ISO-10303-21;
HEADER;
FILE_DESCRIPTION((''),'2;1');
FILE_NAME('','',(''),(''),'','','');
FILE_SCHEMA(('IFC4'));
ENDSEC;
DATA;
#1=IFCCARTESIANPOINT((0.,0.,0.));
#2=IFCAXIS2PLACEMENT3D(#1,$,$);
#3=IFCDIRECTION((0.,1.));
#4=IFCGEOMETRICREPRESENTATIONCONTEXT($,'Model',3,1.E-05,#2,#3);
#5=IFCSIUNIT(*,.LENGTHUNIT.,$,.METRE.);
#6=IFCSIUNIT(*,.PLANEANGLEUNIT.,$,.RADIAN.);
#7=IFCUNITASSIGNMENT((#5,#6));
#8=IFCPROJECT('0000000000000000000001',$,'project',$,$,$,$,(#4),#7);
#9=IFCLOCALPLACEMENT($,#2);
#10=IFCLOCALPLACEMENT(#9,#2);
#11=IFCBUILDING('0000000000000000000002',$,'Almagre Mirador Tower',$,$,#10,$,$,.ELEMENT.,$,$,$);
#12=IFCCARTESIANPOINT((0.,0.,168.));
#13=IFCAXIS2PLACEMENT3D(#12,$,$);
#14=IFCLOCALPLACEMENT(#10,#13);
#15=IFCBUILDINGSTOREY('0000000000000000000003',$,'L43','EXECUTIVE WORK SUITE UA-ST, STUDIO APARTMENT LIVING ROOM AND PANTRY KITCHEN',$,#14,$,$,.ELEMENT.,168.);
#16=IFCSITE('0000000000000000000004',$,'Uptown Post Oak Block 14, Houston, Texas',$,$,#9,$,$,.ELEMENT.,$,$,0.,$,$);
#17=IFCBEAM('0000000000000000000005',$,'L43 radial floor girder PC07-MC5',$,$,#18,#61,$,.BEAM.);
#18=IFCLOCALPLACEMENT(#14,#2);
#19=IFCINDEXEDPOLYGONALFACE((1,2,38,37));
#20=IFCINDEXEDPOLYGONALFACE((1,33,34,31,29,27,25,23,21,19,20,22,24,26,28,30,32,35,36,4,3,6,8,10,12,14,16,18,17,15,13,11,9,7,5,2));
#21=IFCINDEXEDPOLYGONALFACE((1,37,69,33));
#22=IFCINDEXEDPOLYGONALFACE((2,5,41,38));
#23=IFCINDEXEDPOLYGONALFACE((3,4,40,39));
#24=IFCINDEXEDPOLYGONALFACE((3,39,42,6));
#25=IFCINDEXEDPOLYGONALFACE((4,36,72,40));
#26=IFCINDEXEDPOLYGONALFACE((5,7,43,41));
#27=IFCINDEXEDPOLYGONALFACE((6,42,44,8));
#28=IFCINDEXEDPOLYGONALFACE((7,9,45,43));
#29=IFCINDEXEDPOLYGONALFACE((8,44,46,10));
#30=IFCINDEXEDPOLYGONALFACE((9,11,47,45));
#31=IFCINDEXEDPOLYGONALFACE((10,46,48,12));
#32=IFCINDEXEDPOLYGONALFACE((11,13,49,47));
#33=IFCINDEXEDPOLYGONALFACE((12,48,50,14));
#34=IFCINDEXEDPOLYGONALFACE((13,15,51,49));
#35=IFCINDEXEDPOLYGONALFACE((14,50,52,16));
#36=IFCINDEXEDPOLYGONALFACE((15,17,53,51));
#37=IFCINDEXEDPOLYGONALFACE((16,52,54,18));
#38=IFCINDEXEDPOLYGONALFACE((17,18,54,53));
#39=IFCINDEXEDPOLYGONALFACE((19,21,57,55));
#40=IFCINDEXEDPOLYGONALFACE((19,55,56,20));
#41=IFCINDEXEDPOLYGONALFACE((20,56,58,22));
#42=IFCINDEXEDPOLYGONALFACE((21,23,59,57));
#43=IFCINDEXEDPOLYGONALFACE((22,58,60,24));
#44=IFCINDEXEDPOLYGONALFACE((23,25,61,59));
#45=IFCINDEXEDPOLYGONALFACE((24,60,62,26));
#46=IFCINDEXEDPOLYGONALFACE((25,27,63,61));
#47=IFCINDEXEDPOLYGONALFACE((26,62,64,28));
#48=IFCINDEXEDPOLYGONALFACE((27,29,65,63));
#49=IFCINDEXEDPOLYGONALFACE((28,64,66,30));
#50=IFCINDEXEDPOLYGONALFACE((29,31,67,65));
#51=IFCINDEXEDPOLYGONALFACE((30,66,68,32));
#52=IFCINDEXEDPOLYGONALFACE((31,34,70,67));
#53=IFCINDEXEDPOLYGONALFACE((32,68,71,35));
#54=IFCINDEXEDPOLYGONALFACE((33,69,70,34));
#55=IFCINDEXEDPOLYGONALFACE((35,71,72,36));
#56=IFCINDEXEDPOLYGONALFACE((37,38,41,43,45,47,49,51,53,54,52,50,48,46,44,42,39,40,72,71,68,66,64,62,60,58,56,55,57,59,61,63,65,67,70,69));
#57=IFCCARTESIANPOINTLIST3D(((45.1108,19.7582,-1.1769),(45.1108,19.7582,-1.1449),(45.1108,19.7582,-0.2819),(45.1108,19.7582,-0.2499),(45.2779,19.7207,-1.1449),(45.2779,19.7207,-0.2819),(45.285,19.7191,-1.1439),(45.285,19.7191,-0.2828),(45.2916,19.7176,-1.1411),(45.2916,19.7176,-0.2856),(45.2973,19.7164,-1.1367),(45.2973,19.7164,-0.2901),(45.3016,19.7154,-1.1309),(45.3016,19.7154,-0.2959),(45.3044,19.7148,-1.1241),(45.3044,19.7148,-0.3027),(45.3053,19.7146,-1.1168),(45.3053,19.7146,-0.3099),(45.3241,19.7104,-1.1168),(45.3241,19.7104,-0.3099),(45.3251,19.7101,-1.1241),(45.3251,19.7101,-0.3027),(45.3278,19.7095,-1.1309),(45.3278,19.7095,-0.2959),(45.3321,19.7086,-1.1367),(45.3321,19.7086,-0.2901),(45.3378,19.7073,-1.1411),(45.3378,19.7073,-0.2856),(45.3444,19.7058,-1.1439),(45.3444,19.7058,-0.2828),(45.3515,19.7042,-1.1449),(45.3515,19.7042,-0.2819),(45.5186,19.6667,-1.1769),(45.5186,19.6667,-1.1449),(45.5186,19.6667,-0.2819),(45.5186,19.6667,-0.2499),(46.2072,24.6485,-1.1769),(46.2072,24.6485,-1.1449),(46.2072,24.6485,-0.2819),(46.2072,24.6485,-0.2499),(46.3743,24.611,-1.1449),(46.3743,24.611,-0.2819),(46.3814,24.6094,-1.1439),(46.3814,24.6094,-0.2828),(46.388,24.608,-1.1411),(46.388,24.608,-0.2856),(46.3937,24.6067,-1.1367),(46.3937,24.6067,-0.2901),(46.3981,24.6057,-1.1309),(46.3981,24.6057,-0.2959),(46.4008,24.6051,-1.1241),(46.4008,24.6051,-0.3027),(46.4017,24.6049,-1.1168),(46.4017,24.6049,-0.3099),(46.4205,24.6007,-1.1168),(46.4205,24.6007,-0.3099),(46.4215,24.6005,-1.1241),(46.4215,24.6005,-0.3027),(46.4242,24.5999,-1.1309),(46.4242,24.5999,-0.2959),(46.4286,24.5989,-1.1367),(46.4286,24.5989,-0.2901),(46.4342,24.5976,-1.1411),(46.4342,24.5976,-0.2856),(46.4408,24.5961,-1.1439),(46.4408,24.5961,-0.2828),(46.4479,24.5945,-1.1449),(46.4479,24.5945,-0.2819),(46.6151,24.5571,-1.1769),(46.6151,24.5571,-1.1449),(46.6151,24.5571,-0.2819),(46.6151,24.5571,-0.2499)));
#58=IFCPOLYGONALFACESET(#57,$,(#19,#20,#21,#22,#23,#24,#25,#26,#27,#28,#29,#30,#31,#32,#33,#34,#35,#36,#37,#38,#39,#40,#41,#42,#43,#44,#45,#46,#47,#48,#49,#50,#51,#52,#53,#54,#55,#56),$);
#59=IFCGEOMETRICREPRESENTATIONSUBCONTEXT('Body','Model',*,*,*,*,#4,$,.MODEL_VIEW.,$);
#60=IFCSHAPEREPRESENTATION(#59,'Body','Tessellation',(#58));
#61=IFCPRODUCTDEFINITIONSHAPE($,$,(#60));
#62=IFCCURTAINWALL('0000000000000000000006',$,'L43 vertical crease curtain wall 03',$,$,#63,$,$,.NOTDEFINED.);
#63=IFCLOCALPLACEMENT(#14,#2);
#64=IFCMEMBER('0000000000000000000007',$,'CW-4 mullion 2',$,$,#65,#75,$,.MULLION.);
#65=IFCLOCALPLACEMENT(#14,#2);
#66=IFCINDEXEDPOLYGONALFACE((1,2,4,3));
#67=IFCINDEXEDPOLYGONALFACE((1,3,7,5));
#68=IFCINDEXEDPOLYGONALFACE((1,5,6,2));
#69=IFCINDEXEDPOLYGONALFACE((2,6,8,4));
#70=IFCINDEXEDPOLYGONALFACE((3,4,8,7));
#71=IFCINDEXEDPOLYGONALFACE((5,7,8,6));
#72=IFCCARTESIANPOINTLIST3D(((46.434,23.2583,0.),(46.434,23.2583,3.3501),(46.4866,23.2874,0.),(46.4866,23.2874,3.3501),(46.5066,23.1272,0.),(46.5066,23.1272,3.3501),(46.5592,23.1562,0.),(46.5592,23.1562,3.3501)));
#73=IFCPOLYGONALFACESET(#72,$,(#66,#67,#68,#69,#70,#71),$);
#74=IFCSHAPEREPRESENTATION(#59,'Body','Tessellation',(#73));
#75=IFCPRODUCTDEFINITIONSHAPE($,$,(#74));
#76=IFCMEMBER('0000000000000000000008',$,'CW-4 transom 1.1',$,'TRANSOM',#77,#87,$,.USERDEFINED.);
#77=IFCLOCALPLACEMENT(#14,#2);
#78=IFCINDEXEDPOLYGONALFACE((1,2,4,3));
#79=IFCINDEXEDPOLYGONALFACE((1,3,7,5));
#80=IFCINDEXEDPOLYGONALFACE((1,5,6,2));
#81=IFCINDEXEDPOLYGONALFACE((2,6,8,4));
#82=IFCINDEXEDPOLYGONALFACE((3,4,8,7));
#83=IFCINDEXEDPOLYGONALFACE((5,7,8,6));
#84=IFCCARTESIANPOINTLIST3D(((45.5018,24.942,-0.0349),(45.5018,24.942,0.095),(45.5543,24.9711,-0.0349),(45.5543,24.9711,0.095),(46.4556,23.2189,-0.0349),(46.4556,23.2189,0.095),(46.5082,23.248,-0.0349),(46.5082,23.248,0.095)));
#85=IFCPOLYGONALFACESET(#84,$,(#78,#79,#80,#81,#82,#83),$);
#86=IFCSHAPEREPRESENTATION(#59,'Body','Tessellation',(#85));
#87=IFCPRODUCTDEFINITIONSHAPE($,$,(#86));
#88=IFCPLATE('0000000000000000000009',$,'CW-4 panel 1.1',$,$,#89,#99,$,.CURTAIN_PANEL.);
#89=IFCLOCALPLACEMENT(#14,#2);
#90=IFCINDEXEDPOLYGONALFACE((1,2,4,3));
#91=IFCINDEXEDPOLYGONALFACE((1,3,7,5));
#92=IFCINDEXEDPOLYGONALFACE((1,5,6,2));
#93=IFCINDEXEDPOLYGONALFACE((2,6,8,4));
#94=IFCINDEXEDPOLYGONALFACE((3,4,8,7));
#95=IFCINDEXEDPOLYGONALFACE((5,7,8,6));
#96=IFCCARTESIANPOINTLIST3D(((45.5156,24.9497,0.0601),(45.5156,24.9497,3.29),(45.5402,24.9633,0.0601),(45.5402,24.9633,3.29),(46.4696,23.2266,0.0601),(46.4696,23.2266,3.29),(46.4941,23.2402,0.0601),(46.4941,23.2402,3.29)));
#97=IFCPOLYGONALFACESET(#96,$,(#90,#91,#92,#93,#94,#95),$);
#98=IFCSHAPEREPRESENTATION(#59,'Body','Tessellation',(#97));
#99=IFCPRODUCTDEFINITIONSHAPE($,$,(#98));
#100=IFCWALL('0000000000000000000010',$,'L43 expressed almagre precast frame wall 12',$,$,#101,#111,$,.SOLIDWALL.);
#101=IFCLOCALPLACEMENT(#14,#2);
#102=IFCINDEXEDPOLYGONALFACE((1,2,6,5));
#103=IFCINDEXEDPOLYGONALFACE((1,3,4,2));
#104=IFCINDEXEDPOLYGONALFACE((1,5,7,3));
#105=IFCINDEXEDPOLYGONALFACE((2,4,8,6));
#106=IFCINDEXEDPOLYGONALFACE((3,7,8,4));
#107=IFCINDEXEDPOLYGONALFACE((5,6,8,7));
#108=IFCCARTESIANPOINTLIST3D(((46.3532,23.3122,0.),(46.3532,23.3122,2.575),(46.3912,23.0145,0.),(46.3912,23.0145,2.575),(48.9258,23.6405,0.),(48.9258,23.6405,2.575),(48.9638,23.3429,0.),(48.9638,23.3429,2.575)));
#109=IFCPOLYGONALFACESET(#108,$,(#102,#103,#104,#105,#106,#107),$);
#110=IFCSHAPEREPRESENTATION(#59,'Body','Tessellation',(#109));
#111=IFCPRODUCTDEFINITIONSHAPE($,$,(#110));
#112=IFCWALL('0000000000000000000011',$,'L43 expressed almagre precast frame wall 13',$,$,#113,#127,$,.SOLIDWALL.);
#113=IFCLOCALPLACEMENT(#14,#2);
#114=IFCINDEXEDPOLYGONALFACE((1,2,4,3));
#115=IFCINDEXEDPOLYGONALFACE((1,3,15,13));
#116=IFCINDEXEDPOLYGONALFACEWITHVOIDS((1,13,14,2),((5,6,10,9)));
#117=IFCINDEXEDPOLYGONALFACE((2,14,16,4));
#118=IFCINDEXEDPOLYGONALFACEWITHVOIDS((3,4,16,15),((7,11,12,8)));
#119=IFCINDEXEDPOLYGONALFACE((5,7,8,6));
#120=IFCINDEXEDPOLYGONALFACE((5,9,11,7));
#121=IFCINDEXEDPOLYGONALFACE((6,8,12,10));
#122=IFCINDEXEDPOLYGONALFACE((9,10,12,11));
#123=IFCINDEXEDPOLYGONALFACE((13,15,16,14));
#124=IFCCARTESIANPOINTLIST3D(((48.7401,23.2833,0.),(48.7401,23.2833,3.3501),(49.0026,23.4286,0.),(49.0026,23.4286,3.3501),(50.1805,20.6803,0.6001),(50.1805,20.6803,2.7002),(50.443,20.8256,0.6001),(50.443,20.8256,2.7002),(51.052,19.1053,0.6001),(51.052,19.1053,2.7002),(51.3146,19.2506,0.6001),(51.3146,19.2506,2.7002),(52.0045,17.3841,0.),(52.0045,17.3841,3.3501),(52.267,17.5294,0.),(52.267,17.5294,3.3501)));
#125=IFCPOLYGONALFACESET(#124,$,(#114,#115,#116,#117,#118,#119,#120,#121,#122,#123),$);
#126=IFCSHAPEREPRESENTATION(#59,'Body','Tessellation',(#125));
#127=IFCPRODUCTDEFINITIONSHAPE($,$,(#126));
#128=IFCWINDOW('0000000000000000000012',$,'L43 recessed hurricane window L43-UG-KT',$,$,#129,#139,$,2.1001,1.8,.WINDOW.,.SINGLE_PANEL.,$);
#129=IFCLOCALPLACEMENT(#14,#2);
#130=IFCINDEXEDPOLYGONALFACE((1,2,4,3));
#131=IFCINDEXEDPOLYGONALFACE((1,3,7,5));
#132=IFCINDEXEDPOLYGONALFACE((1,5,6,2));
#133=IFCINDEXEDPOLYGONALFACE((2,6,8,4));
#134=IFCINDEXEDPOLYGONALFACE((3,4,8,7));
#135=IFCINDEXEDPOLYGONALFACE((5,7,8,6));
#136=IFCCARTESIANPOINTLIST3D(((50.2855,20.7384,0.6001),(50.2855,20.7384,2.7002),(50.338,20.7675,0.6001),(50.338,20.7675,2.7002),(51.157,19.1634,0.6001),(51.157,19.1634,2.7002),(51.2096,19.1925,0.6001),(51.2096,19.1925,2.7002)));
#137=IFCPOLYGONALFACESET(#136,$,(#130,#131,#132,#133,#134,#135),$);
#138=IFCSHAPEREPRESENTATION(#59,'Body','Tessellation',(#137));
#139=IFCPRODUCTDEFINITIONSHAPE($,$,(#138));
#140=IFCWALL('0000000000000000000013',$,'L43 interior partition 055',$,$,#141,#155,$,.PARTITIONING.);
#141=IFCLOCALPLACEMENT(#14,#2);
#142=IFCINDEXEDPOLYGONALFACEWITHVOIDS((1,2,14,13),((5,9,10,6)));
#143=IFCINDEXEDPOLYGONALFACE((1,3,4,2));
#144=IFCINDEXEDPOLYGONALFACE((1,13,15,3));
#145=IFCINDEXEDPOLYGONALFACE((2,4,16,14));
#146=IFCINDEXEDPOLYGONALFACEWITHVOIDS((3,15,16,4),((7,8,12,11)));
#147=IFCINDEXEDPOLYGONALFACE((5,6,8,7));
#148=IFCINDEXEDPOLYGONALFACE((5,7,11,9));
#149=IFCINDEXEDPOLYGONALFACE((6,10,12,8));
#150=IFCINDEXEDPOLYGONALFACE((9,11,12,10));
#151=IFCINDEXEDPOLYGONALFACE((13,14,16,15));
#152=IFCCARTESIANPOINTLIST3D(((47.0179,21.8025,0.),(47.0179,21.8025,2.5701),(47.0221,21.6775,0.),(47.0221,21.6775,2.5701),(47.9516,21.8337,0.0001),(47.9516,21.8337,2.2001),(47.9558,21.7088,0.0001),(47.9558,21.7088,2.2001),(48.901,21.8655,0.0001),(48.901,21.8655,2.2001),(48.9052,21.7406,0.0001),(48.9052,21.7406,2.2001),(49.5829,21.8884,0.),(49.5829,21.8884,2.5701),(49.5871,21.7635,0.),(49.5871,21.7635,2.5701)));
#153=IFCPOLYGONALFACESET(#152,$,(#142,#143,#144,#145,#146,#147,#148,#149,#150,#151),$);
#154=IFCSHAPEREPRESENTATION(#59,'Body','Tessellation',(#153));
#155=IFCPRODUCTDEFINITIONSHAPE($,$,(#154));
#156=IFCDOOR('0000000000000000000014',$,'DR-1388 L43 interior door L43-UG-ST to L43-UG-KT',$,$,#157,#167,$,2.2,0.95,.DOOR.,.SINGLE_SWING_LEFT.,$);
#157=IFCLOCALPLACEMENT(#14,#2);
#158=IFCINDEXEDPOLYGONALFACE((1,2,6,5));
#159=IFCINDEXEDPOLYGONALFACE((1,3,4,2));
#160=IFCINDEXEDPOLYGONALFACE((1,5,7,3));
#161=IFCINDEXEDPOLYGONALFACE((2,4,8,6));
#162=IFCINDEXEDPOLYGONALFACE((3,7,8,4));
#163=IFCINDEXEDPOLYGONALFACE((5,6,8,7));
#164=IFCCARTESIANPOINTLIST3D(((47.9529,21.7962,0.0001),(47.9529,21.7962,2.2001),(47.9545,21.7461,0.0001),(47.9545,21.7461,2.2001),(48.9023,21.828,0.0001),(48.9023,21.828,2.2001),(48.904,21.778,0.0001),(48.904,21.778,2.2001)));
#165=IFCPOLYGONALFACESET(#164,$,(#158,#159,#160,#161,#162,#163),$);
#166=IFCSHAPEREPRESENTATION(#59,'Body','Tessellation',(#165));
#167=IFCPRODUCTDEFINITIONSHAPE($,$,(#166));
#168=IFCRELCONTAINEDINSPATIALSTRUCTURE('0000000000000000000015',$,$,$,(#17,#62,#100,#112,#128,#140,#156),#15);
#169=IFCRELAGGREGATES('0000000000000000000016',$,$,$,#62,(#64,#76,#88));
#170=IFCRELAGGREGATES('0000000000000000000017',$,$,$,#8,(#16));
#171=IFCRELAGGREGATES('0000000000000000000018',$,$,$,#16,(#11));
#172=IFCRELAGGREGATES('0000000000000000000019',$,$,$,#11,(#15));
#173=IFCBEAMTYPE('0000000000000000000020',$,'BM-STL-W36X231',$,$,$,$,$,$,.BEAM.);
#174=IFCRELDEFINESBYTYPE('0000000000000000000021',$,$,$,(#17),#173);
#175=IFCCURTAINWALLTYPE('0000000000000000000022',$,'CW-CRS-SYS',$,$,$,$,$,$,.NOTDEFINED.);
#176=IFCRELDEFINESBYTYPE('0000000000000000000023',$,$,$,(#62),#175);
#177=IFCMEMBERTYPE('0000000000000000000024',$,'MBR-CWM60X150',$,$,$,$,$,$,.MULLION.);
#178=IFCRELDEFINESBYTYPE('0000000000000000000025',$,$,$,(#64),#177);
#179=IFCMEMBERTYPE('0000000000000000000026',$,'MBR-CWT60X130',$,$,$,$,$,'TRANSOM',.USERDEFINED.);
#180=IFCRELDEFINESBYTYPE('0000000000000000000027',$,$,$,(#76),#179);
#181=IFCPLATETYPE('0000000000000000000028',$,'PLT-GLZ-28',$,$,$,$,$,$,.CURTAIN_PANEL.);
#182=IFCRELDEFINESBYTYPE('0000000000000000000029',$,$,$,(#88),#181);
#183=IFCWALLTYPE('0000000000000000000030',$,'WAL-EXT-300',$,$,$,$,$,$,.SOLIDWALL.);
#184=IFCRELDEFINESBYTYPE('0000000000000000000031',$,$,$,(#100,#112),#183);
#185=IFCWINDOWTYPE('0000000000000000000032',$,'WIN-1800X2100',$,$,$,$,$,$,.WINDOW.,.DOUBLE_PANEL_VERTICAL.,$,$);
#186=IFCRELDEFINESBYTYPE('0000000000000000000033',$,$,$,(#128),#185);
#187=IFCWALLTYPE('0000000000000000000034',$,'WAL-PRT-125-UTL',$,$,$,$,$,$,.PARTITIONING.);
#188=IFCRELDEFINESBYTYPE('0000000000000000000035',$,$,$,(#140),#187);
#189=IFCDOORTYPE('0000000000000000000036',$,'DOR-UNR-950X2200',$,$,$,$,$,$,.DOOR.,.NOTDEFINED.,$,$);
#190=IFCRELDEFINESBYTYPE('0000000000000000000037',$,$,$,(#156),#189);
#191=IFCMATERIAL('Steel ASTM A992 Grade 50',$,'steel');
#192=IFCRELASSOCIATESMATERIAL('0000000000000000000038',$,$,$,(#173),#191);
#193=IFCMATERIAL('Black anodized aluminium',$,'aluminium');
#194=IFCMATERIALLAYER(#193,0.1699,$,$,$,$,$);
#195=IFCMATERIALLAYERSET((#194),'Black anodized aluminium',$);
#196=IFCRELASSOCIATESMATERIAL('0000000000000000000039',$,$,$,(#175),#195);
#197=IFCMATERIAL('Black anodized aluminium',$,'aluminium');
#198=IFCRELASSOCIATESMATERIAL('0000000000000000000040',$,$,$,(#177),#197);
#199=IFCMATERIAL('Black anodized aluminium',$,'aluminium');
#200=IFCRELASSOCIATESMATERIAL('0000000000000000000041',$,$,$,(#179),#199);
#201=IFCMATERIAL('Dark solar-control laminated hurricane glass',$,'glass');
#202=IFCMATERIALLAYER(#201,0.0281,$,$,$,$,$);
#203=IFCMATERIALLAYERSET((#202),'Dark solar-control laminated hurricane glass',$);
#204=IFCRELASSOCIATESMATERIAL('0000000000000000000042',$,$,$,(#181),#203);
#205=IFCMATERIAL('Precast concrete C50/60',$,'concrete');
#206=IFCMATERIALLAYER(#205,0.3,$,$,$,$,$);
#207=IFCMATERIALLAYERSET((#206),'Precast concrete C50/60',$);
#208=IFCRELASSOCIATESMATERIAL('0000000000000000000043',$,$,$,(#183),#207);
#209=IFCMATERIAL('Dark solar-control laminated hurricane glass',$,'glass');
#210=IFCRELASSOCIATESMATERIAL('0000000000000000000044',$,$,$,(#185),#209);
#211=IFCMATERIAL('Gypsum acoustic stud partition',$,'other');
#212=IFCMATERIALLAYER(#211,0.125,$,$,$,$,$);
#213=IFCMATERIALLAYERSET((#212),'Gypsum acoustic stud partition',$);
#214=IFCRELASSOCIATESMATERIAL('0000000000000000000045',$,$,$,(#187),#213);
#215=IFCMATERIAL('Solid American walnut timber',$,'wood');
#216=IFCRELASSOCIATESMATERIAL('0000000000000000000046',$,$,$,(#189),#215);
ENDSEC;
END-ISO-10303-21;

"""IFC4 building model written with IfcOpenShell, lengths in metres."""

from ifc_helpers import new_model, si_unit, direction, frame, frame_2d, origin, origin_2d, place, context, subcontext, project, spatial, rectangle, i_section, extrude, material, layer, layer_set, material_profile, profile_set, type_object, element, fill, aggregate, save


model = new_model("IFC4")

# Units and contexts
model_context = context("Model", 3, precision=1e-05, world=origin(), true_north=direction((0.0, 1.0)))
body_context = subcontext(model_context, "Body", "Model", "MODEL_VIEW")
ifc_project = project(units=[si_unit("LENGTHUNIT", "METRE"), si_unit("PLANEANGLEUNIT", "RADIAN")], contexts=[model_context])

# Site, building, storey
site_placement = place(None, origin())
site = spatial("IfcSite", under=ifc_project, at=site_placement, Name="Uptown Post Oak Block 14, Houston, Texas", CompositionType="ELEMENT", RefElevation=0.0)
building_placement = place(site_placement, origin())
building = spatial("IfcBuilding", under=site, at=building_placement, Name="Almagre Mirador Tower", CompositionType="ELEMENT")
storey_placement = place(building_placement, frame((0.0, 0.0, 168.0)))
storey = spatial("IfcBuildingStorey", under=building, at=storey_placement, Name="L43", Description="EXECUTIVE WORK SUITE UA-ST, STUDIO APARTMENT LIVING ROOM AND PANTRY KITCHEN", CompositionType="ELEMENT", Elevation=168.0)

# Beam
ifc_material_1 = material(Name="Steel ASTM A992 Grade 50", Category="steel")
ifc_material_profile_1 = material_profile(ifc_material_1, i_section(OverallWidth=0.418, OverallDepth=0.927, WebThickness=0.0193, FlangeThickness=0.032, FilletRadius=0.0281, at=origin_2d()), Name="W36X231")
ifc_profile_set_1 = profile_set([ifc_material_profile_1], Name="Steel ASTM A992 Grade 50")
beam_type_1 = type_object("IfcBeamType", Name="BM-STL-W36X231", PredefinedType="BEAM", material=ifc_profile_set_1)
beam_1_placement = place(storey_placement, frame((46.4111, 24.6028, -0.7134), z_axis=(-0.218771, -0.975776, 0.0), x_axis=(0.975776, -0.218771, 0.0)))
element("IfcBeam", 1, at=beam_1_placement, inside=storey, type_object=beam_type_1, Name="L43 radial floor girder PC07-MC5", PredefinedType="BEAM", context=body_context, shape_type="SweptSolid", body=[
    extrude(i_section(OverallWidth=0.418, OverallDepth=0.927, WebThickness=0.0193, FlangeThickness=0.032, FilletRadius=0.0281, at=origin_2d()), origin(), (0.0, 0.0, 1.0), 5.0117),
])

# Curtain wall, members, plate
ifc_material_2 = material(Name="Black anodized aluminium", Category="aluminium")
ifc_layer_1 = layer(ifc_material_2, 0.1699)
ifc_layer_set_1 = layer_set([ifc_layer_1], Name="Black anodized aluminium")
curtain_wall_type = type_object("IfcCurtainWallType", Name="CW-CRS-SYS", PredefinedType="NOTDEFINED", material=ifc_layer_set_1)
curtain_wall_placement = place(storey_placement, origin())
curtain_wall = element("IfcCurtainWall", 2, at=curtain_wall_placement, inside=storey, type_object=curtain_wall_type, Name="L43 vertical crease curtain wall 03", PredefinedType="NOTDEFINED")
ifc_material_3 = material(Name="Black anodized aluminium", Category="aluminium")
ifc_material_profile_2 = material_profile(ifc_material_3, rectangle(XDim=0.0601, YDim=0.1499, at=origin_2d()), Name="CWM60X150")
ifc_profile_set_2 = profile_set([ifc_material_profile_2], Name="Black anodized aluminium")
member_type_1 = type_object("IfcMemberType", Name="MBR-CWM60X150", PredefinedType="MULLION", material=ifc_profile_set_2)
member_1_placement = place(storey_placement, frame((46.4966, 23.2073, 0.0), z_axis=(0.0, 0.0, 1.0), x_axis=(0.874879, 0.484342, 0.0)))
member_1 = element("IfcMember", 3, at=member_1_placement, type_object=member_type_1, Name="CW-4 mullion 2", PredefinedType="MULLION", context=body_context, shape_type="SweptSolid", body=[
    extrude(rectangle(XDim=0.0601, YDim=0.1499, at=origin_2d()), origin(), (0.0, 0.0, 1.0), 3.3501),
])
ifc_material_4 = material(Name="Black anodized aluminium", Category="aluminium")
ifc_material_profile_3 = material_profile(ifc_material_4, rectangle(XDim=0.0601, YDim=0.1299, at=origin_2d()), Name="CWT60X130")
ifc_profile_set_3 = profile_set([ifc_material_profile_3], Name="Black anodized aluminium")
member_type_2 = type_object("IfcMemberType", Name="MBR-CWT60X130", ElementType="TRANSOM", PredefinedType="USERDEFINED", material=ifc_profile_set_3)
member_2_placement = place(storey_placement, frame((45.5281, 24.9565, 0.03), z_axis=(0.484306, -0.874899, 0.0), x_axis=(0.874899, 0.484306, 0.0)))
member_2 = element("IfcMember", 4, at=member_2_placement, type_object=member_type_2, Name="CW-4 transom 1.1", ObjectType="TRANSOM", PredefinedType="USERDEFINED", context=body_context, shape_type="SweptSolid", body=[
    extrude(rectangle(XDim=0.0601, YDim=0.1299, at=origin_2d()), origin(), (0.0, 0.0, 1.0), 1.9695),
])
ifc_material_5 = material(Name="Dark solar-control laminated hurricane glass", Category="glass")
ifc_layer_2 = layer(ifc_material_5, 0.0281)
ifc_layer_set_2 = layer_set([ifc_layer_2], Name="Dark solar-control laminated hurricane glass")
plate_type = type_object("IfcPlateType", Name="PLT-GLZ-28", PredefinedType="CURTAIN_PANEL", material=ifc_layer_set_2)
plate_placement = place(storey_placement, frame((46.0049, 24.095, 0.0601), z_axis=(0.0, 0.0, 1.0), x_axis=(0.484342, -0.874879, 0.0)))
plate = element("IfcPlate", 5, at=plate_placement, type_object=plate_type, Name="CW-4 panel 1.1", PredefinedType="CURTAIN_PANEL", context=body_context, shape_type="SweptSolid", body=[
    extrude(rectangle(XDim=1.9695, YDim=0.0281, at=origin_2d()), origin(), (0.0, 0.0, 1.0), 3.23),
])
aggregate(curtain_wall, [member_1, member_2, plate])

# Wall
ifc_material_6 = material(Name="Precast concrete C50/60", Category="concrete")
ifc_layer_3 = layer(ifc_material_6, 0.3)
ifc_layer_set_3 = layer_set([ifc_layer_3], Name="Precast concrete C50/60")
wall_type_1 = type_object("IfcWallType", Name="WAL-EXT-300", PredefinedType="SOLIDWALL", material=ifc_layer_set_3)
wall_1_placement = place(storey_placement, frame((46.3721, 23.1633, 0.0), z_axis=(0.0, 0.0, 1.0), x_axis=(0.991953, 0.126606, 0.0)))
element("IfcWall", 6, at=wall_1_placement, inside=storey, type_object=wall_type_1, Name="L43 expressed almagre precast frame wall 12", PredefinedType="SOLIDWALL", context=body_context, shape_type="SweptSolid", body=[
    extrude(rectangle(XDim=2.5935, YDim=0.3, at=frame_2d((1.2969, 0.0))), origin(), (0.0, 0.0, 1.0), 2.575),
])

# Wall, opening, window
wall_2_placement = place(storey_placement, frame((48.8713, 23.356, 0.0), z_axis=(0.0, 0.0, 1.0), x_axis=(0.484179, -0.874969, 0.0)))
wall_2 = element("IfcWall", 7, at=wall_2_placement, inside=storey, type_object=wall_type_1, Name="L43 expressed almagre precast frame wall 13", PredefinedType="SOLIDWALL", context=body_context, shape_type="SweptSolid", body=[
    extrude(rectangle(XDim=6.7422, YDim=0.3, at=frame_2d((3.3711, 0.0))), origin(), (0.0, 0.0, 1.0), 3.3501),
])
opening_1_placement = place(wall_2_placement, frame((2.9751, 0.0, 0.6001)))
opening_1 = element("IfcOpeningElement", 8, at=opening_1_placement, cuts=wall_2, PredefinedType="OPENING", context=body_context, shape_type="SweptSolid", body=[
    extrude(rectangle(XDim=1.8, YDim=2.1001, at=frame_2d((0.8999, 1.05))), frame((0.0, 0.1599, 0.0), z_axis=(0.0, -1.0, 0.0), x_axis=(1.0, 0.0, 0.0)), (0.0, 0.0, 1.0), 0.32),
])
ifc_material_7 = material(Name="Dark solar-control laminated hurricane glass", Category="glass")
window_type = type_object("IfcWindowType", Name="WIN-1800X2100", PartitioningType="DOUBLE_PANEL_VERTICAL", PredefinedType="WINDOW", material=ifc_material_7)
window_placement = place(opening_1_placement, origin())
window = element("IfcWindow", 9, at=window_placement, inside=storey, type_object=window_type, Name="L43 recessed hurricane window L43-UG-KT", OverallHeight=2.1001, OverallWidth=1.8, PartitioningType="SINGLE_PANEL", PredefinedType="WINDOW", context=body_context, shape_type="SweptSolid", body=[
    extrude(rectangle(XDim=1.8, YDim=2.1001, at=frame_2d((0.8999, 1.05))), frame((0.0, 0.03, 0.0), z_axis=(0.0, -1.0, 0.0), x_axis=(1.0, 0.0, 0.0)), (0.0, 0.0, 1.0), 0.0601),
])
fill(opening_1, window)

# Wall, opening, door
ifc_material_8 = material(Name="Gypsum acoustic stud partition", Category="other")
ifc_layer_4 = layer(ifc_material_8, 0.125)
ifc_layer_set_4 = layer_set([ifc_layer_4], Name="Gypsum acoustic stud partition")
wall_type_2 = type_object("IfcWallType", Name="WAL-PRT-125-UTL", PredefinedType="PARTITIONING", material=ifc_layer_set_4)
wall_3_placement = place(storey_placement, frame((47.02, 21.74, 0.0), z_axis=(0.0, 0.0, 1.0), x_axis=(0.999439, 0.033486, 0.0)))
wall_3 = element("IfcWall", 10, at=wall_3_placement, inside=storey, type_object=wall_type_2, Name="L43 interior partition 055", PredefinedType="PARTITIONING", context=body_context, shape_type="SweptSolid", body=[
    extrude(rectangle(XDim=2.5664, YDim=0.125, at=frame_2d((1.2832, 0.0))), origin(), (0.0, 0.0, 1.0), 2.5701),
])
opening_2_placement = place(wall_3_placement, frame((0.9341, 0.0, 0.0)))
opening_2 = element("IfcOpeningElement", 11, at=opening_2_placement, cuts=wall_3, PredefinedType="OPENING", context=body_context, shape_type="SweptSolid", body=[
    extrude(rectangle(XDim=0.95, YDim=2.2, at=frame_2d((0.4751, 1.1001))), frame((0.0, 0.0725, 0.0), z_axis=(0.0, -1.0, 0.0), x_axis=(1.0, 0.0, 0.0)), (0.0, 0.0, 1.0), 0.145),
])
ifc_material_9 = material(Name="Solid American walnut timber", Category="wood")
door_type = type_object("IfcDoorType", Name="DOR-UNR-950X2200", OperationType="NOTDEFINED", PredefinedType="DOOR", material=ifc_material_9)
door_placement = place(opening_2_placement, origin())
door = element("IfcDoor", 12, at=door_placement, inside=storey, type_object=door_type, Name="DR-1388 L43 interior door L43-UG-ST to L43-UG-KT", OperationType="SINGLE_SWING_LEFT", OverallHeight=2.2, OverallWidth=0.95, PredefinedType="DOOR", context=body_context, shape_type="SweptSolid", body=[
    extrude(rectangle(XDim=0.95, YDim=2.2, at=frame_2d((0.4751, 1.1001))), frame((0.0, 0.0249, 0.0), z_axis=(0.0, -1.0, 0.0), x_axis=(1.0, 0.0, 0.0)), (0.0, 0.0, 1.0), 0.05),
])
fill(opening_2, door)

save(model, "model.ifc")
